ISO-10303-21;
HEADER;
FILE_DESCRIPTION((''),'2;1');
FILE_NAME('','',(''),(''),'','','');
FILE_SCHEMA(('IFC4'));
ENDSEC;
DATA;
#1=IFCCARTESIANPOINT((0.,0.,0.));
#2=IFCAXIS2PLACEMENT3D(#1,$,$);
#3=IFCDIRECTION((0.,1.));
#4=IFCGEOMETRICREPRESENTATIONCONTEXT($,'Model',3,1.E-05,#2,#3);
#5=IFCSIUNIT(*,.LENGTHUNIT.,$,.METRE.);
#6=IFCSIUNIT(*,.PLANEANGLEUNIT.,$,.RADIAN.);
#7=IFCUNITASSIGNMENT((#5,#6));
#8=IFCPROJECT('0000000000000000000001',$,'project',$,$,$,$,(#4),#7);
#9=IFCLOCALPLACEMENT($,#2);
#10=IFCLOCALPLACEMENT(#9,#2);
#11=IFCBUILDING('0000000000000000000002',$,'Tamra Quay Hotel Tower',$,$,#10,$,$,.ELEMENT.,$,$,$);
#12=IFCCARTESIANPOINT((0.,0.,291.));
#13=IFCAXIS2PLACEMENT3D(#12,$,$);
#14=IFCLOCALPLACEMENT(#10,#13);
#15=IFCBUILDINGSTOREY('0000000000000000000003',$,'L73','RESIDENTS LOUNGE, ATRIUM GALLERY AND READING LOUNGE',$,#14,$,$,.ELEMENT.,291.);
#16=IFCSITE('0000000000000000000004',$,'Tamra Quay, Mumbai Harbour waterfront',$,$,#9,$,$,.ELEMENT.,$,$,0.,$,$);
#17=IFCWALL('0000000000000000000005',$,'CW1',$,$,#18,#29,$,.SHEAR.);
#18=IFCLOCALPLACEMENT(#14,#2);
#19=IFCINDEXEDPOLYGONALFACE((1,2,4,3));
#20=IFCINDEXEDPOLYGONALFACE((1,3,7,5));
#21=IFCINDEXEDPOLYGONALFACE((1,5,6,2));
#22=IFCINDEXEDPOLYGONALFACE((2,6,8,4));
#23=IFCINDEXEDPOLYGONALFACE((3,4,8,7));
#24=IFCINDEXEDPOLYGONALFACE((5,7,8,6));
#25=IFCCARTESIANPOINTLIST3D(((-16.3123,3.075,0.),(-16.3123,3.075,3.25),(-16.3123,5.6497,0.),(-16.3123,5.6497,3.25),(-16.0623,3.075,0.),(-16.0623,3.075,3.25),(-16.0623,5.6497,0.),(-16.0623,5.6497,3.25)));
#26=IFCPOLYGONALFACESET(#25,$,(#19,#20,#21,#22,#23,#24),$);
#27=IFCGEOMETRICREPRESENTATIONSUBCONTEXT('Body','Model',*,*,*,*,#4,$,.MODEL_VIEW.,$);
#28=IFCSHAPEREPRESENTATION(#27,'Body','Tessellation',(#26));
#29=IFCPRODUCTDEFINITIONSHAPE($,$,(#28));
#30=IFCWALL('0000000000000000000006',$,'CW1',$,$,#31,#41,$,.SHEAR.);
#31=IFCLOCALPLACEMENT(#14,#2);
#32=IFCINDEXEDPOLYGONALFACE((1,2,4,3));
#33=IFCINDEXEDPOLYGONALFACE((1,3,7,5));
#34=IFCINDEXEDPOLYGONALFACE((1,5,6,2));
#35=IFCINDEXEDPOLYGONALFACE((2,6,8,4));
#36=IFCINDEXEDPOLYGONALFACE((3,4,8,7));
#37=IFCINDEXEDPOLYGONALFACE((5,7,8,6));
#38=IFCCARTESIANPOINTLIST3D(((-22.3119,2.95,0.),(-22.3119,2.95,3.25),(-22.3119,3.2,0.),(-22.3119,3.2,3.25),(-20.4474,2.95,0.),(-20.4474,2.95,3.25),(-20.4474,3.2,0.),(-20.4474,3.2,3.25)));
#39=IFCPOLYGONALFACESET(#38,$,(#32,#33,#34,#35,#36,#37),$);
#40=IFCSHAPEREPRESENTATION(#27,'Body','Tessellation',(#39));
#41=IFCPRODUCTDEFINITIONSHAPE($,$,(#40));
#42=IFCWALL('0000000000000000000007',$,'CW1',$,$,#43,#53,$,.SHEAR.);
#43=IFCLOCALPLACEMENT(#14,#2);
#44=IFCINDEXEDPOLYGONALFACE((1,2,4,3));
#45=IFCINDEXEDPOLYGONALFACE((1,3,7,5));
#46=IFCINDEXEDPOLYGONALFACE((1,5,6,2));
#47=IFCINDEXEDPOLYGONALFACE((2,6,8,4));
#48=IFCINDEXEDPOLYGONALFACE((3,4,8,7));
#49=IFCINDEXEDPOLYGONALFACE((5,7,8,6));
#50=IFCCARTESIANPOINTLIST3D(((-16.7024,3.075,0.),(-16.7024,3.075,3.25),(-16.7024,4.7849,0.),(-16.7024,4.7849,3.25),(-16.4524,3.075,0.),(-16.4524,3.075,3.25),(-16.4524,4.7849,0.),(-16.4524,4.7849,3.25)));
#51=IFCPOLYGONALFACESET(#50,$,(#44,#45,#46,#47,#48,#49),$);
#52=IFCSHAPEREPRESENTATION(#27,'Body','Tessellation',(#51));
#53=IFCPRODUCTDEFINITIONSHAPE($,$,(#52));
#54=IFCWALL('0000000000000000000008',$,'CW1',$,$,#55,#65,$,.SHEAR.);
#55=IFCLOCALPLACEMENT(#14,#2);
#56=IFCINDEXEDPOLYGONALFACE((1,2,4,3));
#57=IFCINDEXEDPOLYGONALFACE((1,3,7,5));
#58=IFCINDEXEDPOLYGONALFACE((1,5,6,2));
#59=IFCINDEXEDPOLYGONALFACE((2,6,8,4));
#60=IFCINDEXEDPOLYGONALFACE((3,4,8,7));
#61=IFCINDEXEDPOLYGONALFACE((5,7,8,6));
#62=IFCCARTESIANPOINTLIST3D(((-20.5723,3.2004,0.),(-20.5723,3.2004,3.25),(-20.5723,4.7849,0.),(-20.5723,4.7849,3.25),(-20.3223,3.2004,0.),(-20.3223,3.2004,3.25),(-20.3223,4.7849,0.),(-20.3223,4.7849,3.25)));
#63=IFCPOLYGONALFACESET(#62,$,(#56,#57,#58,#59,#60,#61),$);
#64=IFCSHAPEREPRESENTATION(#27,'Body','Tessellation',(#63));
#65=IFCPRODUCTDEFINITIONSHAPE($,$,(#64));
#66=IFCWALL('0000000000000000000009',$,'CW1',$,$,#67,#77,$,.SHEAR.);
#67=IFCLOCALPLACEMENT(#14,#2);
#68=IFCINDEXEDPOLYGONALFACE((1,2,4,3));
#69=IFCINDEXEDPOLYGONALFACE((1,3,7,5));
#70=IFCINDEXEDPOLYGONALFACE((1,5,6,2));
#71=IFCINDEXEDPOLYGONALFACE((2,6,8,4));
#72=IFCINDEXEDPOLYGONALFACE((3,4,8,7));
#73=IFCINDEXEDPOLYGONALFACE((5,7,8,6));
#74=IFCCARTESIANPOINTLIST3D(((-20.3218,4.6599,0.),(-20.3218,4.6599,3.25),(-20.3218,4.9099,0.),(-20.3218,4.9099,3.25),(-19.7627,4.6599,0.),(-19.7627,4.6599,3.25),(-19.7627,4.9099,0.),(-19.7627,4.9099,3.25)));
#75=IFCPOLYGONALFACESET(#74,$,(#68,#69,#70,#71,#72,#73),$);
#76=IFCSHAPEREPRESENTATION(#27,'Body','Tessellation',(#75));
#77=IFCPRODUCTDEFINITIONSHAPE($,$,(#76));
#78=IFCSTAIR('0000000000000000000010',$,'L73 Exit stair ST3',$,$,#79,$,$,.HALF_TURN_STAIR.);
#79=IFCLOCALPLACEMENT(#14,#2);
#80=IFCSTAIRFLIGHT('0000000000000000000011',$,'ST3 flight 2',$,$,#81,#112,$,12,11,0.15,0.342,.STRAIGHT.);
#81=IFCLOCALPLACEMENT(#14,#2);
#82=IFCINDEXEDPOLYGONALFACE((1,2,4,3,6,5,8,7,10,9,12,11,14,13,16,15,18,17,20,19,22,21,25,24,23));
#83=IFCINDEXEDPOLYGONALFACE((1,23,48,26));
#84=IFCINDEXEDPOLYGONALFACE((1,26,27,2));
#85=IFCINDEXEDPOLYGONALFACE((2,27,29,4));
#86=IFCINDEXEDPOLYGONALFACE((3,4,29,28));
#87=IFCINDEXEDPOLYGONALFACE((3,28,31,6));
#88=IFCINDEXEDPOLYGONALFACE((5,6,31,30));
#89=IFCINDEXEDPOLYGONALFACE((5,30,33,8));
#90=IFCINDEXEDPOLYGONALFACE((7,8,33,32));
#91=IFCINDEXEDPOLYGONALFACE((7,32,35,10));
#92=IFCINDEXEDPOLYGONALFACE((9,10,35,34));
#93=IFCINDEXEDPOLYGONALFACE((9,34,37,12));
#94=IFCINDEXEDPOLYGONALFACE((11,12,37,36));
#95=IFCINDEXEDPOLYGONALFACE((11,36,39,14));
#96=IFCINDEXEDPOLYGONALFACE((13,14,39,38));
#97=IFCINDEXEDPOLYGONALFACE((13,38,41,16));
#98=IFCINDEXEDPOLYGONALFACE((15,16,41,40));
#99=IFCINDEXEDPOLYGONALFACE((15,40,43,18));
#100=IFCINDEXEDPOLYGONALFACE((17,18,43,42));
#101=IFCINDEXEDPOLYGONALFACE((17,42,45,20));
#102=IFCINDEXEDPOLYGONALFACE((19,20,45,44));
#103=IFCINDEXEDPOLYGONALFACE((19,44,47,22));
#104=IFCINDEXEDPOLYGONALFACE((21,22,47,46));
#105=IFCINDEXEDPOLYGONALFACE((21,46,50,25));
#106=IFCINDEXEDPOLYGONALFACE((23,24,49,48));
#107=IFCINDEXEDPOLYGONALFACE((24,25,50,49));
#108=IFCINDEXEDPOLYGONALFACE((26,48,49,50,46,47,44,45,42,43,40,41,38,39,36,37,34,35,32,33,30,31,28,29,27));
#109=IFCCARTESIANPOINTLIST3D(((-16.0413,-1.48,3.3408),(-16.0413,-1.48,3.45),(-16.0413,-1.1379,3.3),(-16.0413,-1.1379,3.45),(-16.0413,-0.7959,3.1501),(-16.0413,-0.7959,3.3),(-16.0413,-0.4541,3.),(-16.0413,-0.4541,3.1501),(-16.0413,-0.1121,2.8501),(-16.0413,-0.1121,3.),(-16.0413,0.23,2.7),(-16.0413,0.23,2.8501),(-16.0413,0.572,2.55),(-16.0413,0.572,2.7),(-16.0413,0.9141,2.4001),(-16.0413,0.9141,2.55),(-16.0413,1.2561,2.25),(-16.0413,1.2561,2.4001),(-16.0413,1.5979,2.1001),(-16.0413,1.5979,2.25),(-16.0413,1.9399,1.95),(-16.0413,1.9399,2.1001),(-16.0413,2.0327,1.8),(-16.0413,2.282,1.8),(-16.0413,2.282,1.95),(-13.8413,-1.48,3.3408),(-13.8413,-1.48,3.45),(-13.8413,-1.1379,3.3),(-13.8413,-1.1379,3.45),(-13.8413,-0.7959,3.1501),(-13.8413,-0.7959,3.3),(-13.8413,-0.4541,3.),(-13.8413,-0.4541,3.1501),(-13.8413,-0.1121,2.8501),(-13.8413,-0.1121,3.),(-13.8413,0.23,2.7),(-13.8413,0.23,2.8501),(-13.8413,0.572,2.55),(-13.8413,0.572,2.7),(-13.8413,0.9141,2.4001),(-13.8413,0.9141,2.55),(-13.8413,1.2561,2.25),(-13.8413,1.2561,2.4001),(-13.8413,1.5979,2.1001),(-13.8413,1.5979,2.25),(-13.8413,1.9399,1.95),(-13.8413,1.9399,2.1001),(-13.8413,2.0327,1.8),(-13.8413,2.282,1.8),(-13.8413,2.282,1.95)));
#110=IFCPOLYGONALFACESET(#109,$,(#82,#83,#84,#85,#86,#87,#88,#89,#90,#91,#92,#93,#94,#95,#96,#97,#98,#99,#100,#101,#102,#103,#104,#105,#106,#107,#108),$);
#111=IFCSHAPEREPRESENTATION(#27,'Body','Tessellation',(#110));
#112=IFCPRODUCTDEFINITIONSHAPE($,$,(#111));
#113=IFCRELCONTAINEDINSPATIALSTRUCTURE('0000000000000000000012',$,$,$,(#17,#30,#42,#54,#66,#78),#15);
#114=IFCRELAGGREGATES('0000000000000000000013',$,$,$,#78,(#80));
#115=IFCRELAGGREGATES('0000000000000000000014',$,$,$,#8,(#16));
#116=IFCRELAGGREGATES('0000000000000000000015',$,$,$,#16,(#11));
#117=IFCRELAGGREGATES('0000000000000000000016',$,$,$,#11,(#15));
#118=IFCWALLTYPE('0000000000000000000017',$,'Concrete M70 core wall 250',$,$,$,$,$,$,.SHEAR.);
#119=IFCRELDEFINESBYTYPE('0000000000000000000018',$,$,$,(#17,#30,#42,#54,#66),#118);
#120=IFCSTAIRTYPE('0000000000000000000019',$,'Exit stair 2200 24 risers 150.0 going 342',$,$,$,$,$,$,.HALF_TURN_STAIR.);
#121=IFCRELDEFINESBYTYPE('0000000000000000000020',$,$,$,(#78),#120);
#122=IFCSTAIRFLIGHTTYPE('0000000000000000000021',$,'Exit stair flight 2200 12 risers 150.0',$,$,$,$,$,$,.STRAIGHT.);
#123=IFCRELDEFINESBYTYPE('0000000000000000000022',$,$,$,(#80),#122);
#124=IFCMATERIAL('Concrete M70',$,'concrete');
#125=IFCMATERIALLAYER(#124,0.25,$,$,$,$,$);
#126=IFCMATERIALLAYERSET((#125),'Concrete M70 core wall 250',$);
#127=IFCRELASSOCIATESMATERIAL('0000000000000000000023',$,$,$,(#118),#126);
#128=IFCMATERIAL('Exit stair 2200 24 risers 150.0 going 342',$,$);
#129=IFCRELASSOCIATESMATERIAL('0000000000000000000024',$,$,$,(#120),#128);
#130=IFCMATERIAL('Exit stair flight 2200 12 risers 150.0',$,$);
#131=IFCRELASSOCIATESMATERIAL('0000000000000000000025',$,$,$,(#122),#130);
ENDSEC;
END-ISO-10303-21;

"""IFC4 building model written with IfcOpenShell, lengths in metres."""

from ifc_helpers import new_model, si_unit, direction, frame, frame_2d, origin, place, context, subcontext, project, spatial, polyline, rectangle, outline, extrude, material, layer, layer_set, type_object, element, aggregate, save


model = new_model("IFC4")

# Units and contexts
model_context = context("Model", 3, precision=1e-05, world=origin(), true_north=direction((0.0, 1.0)))
body_context = subcontext(model_context, "Body", "Model", "MODEL_VIEW")
ifc_project = project(units=[si_unit("LENGTHUNIT", "METRE"), si_unit("PLANEANGLEUNIT", "RADIAN")], contexts=[model_context])

# Site, building, storey
site_placement = place(None, origin())
site = spatial("IfcSite", under=ifc_project, at=site_placement, Name="Tamra Quay, Mumbai Harbour waterfront", CompositionType="ELEMENT", RefElevation=0.0)
building_placement = place(site_placement, origin())
building = spatial("IfcBuilding", under=site, at=building_placement, Name="Tamra Quay Hotel Tower", CompositionType="ELEMENT")
storey_placement = place(building_placement, frame((0.0, 0.0, 291.0)))
storey = spatial("IfcBuildingStorey", under=building, at=storey_placement, Name="L73", Description="RESIDENTS LOUNGE, ATRIUM GALLERY AND READING LOUNGE", CompositionType="ELEMENT", Elevation=291.0)

# Shared definitions
ifc_material_1 = material(Name="Concrete M70", Category="concrete")

# Walls
ifc_layer_1 = layer(ifc_material_1, 0.25)
ifc_layer_set_1 = layer_set([ifc_layer_1], Name="Concrete M70 core wall 250")
wall_type_1 = type_object("IfcWallType", Name="Concrete M70 core wall 250", PredefinedType="SHEAR", material=ifc_layer_set_1)
wall_1_placement = place(storey_placement, frame((-16.1873, 3.075, 0.0), z_axis=(0.0, 0.0, 1.0), x_axis=(0.0, 1.0, 0.0)))
element("IfcWall", 1, at=wall_1_placement, inside=storey, type_object=wall_type_1, Name="CW1", PredefinedType="SHEAR", context=body_context, shape_type="SweptSolid", body=[
    extrude(rectangle(XDim=2.5747, YDim=0.25, at=frame_2d((1.2874, 0.0))), origin(), (0.0, 0.0, 1.0), 3.25),
])
wall_2_placement = place(storey_placement, frame((-22.3118, 3.075, 0.0), z_axis=(0.0, 0.0, 1.0), x_axis=(1.0, 0.0, 0.0)))
element("IfcWall", 2, at=wall_2_placement, inside=storey, type_object=wall_type_1, Name="CW1", PredefinedType="SHEAR", context=body_context, shape_type="SweptSolid", body=[
    extrude(rectangle(XDim=1.8645, YDim=0.25, at=frame_2d((0.9321, 0.0))), origin(), (0.0, 0.0, 1.0), 3.25),
])
wall_3_placement = place(storey_placement, frame((-16.5774, 4.7849, 0.0), z_axis=(0.0, 0.0, 1.0), x_axis=(0.0, -1.0, 0.0)))
element("IfcWall", 3, at=wall_3_placement, inside=storey, type_object=wall_type_1, Name="CW1", PredefinedType="SHEAR", context=body_context, shape_type="SweptSolid", body=[
    extrude(rectangle(XDim=1.71, YDim=0.25, at=frame_2d((0.855, 0.0))), origin(), (0.0, 0.0, 1.0), 3.25),
])
wall_4_placement = place(storey_placement, frame((-20.4473, 3.2004, 0.0), z_axis=(0.0, 0.0, 1.0), x_axis=(0.0, 1.0, 0.0)))
element("IfcWall", 4, at=wall_4_placement, inside=storey, type_object=wall_type_1, Name="CW1", PredefinedType="SHEAR", context=body_context, shape_type="SweptSolid", body=[
    extrude(rectangle(XDim=1.5845, YDim=0.25, at=frame_2d((0.7922, 0.0))), origin(), (0.0, 0.0, 1.0), 3.25),
])
wall_5_placement = place(storey_placement, frame((-20.3218, 4.7849, 0.0), z_axis=(0.0, 0.0, 1.0), x_axis=(1.0, 0.0, 0.0)))
element("IfcWall", 5, at=wall_5_placement, inside=storey, type_object=wall_type_1, Name="CW1", PredefinedType="SHEAR", context=body_context, shape_type="SweptSolid", body=[
    extrude(rectangle(XDim=0.5591, YDim=0.25, at=frame_2d((0.2795, 0.0))), origin(), (0.0, 0.0, 1.0), 3.25),
])

# Stair, stair flight
ifc_material_2 = material(Name="Exit stair 2200 24 risers 150.0 going 342")
stair_type = type_object("IfcStairType", Name="Exit stair 2200 24 risers 150.0 going 342", PredefinedType="HALF_TURN_STAIR", material=ifc_material_2)
stair_placement = place(storey_placement, origin())
stair = element("IfcStair", 6, at=stair_placement, inside=storey, type_object=stair_type, Name="L73 Exit stair ST3", PredefinedType="HALF_TURN_STAIR")
ifc_material_3 = material(Name="Exit stair flight 2200 12 risers 150.0")
stair_flight_type = type_object("IfcStairFlightType", Name="Exit stair flight 2200 12 risers 150.0", PredefinedType="STRAIGHT", material=ifc_material_3)
stair_flight_placement = place(storey_placement, frame((-14.9414, 2.282, 1.8), z_axis=(0.0, 0.0, 1.0), x_axis=(0.0, -1.0, 0.0)))
stair_flight = element("IfcStairFlight", 7, at=stair_flight_placement, type_object=stair_flight_type, Name="ST3 flight 2", NumberOfRisers=12, NumberOfTreads=11, PredefinedType="STRAIGHT", RiserHeight=0.15, TreadLength=0.342, context=body_context, shape_type="SweptSolid", body=[
    extrude(outline(polyline([(0.0, 0.0), (0.0, 0.1499), (0.342, 0.1499), (0.342, 0.3), (0.6841, 0.3), (0.6841, 0.45), (1.0259, 0.45), (1.0259, 0.6001), (1.3679, 0.6001), (1.3679, 0.75), (1.71, 0.75), (1.71, 0.8999), (2.052, 0.8999), (2.052, 1.05), (2.394, 1.05), (2.394, 1.2), (2.7361, 1.2), (2.7361, 1.3501), (3.0779, 1.3501), (3.0779, 1.5), (3.4199, 1.5), (3.4199, 1.6499), (3.762, 1.6499), (3.762, 1.8), (3.762, 1.5408), (0.2493, 0.0), (0.0, 0.0)])), frame((0.0, 1.1001, 0.0), z_axis=(0.0, -1.0, 0.0), x_axis=(1.0, 0.0, 0.0)), (0.0, 0.0, 1.0), 2.2),
])
aggregate(stair, [stair_flight])

save(model, "model.ifc")
